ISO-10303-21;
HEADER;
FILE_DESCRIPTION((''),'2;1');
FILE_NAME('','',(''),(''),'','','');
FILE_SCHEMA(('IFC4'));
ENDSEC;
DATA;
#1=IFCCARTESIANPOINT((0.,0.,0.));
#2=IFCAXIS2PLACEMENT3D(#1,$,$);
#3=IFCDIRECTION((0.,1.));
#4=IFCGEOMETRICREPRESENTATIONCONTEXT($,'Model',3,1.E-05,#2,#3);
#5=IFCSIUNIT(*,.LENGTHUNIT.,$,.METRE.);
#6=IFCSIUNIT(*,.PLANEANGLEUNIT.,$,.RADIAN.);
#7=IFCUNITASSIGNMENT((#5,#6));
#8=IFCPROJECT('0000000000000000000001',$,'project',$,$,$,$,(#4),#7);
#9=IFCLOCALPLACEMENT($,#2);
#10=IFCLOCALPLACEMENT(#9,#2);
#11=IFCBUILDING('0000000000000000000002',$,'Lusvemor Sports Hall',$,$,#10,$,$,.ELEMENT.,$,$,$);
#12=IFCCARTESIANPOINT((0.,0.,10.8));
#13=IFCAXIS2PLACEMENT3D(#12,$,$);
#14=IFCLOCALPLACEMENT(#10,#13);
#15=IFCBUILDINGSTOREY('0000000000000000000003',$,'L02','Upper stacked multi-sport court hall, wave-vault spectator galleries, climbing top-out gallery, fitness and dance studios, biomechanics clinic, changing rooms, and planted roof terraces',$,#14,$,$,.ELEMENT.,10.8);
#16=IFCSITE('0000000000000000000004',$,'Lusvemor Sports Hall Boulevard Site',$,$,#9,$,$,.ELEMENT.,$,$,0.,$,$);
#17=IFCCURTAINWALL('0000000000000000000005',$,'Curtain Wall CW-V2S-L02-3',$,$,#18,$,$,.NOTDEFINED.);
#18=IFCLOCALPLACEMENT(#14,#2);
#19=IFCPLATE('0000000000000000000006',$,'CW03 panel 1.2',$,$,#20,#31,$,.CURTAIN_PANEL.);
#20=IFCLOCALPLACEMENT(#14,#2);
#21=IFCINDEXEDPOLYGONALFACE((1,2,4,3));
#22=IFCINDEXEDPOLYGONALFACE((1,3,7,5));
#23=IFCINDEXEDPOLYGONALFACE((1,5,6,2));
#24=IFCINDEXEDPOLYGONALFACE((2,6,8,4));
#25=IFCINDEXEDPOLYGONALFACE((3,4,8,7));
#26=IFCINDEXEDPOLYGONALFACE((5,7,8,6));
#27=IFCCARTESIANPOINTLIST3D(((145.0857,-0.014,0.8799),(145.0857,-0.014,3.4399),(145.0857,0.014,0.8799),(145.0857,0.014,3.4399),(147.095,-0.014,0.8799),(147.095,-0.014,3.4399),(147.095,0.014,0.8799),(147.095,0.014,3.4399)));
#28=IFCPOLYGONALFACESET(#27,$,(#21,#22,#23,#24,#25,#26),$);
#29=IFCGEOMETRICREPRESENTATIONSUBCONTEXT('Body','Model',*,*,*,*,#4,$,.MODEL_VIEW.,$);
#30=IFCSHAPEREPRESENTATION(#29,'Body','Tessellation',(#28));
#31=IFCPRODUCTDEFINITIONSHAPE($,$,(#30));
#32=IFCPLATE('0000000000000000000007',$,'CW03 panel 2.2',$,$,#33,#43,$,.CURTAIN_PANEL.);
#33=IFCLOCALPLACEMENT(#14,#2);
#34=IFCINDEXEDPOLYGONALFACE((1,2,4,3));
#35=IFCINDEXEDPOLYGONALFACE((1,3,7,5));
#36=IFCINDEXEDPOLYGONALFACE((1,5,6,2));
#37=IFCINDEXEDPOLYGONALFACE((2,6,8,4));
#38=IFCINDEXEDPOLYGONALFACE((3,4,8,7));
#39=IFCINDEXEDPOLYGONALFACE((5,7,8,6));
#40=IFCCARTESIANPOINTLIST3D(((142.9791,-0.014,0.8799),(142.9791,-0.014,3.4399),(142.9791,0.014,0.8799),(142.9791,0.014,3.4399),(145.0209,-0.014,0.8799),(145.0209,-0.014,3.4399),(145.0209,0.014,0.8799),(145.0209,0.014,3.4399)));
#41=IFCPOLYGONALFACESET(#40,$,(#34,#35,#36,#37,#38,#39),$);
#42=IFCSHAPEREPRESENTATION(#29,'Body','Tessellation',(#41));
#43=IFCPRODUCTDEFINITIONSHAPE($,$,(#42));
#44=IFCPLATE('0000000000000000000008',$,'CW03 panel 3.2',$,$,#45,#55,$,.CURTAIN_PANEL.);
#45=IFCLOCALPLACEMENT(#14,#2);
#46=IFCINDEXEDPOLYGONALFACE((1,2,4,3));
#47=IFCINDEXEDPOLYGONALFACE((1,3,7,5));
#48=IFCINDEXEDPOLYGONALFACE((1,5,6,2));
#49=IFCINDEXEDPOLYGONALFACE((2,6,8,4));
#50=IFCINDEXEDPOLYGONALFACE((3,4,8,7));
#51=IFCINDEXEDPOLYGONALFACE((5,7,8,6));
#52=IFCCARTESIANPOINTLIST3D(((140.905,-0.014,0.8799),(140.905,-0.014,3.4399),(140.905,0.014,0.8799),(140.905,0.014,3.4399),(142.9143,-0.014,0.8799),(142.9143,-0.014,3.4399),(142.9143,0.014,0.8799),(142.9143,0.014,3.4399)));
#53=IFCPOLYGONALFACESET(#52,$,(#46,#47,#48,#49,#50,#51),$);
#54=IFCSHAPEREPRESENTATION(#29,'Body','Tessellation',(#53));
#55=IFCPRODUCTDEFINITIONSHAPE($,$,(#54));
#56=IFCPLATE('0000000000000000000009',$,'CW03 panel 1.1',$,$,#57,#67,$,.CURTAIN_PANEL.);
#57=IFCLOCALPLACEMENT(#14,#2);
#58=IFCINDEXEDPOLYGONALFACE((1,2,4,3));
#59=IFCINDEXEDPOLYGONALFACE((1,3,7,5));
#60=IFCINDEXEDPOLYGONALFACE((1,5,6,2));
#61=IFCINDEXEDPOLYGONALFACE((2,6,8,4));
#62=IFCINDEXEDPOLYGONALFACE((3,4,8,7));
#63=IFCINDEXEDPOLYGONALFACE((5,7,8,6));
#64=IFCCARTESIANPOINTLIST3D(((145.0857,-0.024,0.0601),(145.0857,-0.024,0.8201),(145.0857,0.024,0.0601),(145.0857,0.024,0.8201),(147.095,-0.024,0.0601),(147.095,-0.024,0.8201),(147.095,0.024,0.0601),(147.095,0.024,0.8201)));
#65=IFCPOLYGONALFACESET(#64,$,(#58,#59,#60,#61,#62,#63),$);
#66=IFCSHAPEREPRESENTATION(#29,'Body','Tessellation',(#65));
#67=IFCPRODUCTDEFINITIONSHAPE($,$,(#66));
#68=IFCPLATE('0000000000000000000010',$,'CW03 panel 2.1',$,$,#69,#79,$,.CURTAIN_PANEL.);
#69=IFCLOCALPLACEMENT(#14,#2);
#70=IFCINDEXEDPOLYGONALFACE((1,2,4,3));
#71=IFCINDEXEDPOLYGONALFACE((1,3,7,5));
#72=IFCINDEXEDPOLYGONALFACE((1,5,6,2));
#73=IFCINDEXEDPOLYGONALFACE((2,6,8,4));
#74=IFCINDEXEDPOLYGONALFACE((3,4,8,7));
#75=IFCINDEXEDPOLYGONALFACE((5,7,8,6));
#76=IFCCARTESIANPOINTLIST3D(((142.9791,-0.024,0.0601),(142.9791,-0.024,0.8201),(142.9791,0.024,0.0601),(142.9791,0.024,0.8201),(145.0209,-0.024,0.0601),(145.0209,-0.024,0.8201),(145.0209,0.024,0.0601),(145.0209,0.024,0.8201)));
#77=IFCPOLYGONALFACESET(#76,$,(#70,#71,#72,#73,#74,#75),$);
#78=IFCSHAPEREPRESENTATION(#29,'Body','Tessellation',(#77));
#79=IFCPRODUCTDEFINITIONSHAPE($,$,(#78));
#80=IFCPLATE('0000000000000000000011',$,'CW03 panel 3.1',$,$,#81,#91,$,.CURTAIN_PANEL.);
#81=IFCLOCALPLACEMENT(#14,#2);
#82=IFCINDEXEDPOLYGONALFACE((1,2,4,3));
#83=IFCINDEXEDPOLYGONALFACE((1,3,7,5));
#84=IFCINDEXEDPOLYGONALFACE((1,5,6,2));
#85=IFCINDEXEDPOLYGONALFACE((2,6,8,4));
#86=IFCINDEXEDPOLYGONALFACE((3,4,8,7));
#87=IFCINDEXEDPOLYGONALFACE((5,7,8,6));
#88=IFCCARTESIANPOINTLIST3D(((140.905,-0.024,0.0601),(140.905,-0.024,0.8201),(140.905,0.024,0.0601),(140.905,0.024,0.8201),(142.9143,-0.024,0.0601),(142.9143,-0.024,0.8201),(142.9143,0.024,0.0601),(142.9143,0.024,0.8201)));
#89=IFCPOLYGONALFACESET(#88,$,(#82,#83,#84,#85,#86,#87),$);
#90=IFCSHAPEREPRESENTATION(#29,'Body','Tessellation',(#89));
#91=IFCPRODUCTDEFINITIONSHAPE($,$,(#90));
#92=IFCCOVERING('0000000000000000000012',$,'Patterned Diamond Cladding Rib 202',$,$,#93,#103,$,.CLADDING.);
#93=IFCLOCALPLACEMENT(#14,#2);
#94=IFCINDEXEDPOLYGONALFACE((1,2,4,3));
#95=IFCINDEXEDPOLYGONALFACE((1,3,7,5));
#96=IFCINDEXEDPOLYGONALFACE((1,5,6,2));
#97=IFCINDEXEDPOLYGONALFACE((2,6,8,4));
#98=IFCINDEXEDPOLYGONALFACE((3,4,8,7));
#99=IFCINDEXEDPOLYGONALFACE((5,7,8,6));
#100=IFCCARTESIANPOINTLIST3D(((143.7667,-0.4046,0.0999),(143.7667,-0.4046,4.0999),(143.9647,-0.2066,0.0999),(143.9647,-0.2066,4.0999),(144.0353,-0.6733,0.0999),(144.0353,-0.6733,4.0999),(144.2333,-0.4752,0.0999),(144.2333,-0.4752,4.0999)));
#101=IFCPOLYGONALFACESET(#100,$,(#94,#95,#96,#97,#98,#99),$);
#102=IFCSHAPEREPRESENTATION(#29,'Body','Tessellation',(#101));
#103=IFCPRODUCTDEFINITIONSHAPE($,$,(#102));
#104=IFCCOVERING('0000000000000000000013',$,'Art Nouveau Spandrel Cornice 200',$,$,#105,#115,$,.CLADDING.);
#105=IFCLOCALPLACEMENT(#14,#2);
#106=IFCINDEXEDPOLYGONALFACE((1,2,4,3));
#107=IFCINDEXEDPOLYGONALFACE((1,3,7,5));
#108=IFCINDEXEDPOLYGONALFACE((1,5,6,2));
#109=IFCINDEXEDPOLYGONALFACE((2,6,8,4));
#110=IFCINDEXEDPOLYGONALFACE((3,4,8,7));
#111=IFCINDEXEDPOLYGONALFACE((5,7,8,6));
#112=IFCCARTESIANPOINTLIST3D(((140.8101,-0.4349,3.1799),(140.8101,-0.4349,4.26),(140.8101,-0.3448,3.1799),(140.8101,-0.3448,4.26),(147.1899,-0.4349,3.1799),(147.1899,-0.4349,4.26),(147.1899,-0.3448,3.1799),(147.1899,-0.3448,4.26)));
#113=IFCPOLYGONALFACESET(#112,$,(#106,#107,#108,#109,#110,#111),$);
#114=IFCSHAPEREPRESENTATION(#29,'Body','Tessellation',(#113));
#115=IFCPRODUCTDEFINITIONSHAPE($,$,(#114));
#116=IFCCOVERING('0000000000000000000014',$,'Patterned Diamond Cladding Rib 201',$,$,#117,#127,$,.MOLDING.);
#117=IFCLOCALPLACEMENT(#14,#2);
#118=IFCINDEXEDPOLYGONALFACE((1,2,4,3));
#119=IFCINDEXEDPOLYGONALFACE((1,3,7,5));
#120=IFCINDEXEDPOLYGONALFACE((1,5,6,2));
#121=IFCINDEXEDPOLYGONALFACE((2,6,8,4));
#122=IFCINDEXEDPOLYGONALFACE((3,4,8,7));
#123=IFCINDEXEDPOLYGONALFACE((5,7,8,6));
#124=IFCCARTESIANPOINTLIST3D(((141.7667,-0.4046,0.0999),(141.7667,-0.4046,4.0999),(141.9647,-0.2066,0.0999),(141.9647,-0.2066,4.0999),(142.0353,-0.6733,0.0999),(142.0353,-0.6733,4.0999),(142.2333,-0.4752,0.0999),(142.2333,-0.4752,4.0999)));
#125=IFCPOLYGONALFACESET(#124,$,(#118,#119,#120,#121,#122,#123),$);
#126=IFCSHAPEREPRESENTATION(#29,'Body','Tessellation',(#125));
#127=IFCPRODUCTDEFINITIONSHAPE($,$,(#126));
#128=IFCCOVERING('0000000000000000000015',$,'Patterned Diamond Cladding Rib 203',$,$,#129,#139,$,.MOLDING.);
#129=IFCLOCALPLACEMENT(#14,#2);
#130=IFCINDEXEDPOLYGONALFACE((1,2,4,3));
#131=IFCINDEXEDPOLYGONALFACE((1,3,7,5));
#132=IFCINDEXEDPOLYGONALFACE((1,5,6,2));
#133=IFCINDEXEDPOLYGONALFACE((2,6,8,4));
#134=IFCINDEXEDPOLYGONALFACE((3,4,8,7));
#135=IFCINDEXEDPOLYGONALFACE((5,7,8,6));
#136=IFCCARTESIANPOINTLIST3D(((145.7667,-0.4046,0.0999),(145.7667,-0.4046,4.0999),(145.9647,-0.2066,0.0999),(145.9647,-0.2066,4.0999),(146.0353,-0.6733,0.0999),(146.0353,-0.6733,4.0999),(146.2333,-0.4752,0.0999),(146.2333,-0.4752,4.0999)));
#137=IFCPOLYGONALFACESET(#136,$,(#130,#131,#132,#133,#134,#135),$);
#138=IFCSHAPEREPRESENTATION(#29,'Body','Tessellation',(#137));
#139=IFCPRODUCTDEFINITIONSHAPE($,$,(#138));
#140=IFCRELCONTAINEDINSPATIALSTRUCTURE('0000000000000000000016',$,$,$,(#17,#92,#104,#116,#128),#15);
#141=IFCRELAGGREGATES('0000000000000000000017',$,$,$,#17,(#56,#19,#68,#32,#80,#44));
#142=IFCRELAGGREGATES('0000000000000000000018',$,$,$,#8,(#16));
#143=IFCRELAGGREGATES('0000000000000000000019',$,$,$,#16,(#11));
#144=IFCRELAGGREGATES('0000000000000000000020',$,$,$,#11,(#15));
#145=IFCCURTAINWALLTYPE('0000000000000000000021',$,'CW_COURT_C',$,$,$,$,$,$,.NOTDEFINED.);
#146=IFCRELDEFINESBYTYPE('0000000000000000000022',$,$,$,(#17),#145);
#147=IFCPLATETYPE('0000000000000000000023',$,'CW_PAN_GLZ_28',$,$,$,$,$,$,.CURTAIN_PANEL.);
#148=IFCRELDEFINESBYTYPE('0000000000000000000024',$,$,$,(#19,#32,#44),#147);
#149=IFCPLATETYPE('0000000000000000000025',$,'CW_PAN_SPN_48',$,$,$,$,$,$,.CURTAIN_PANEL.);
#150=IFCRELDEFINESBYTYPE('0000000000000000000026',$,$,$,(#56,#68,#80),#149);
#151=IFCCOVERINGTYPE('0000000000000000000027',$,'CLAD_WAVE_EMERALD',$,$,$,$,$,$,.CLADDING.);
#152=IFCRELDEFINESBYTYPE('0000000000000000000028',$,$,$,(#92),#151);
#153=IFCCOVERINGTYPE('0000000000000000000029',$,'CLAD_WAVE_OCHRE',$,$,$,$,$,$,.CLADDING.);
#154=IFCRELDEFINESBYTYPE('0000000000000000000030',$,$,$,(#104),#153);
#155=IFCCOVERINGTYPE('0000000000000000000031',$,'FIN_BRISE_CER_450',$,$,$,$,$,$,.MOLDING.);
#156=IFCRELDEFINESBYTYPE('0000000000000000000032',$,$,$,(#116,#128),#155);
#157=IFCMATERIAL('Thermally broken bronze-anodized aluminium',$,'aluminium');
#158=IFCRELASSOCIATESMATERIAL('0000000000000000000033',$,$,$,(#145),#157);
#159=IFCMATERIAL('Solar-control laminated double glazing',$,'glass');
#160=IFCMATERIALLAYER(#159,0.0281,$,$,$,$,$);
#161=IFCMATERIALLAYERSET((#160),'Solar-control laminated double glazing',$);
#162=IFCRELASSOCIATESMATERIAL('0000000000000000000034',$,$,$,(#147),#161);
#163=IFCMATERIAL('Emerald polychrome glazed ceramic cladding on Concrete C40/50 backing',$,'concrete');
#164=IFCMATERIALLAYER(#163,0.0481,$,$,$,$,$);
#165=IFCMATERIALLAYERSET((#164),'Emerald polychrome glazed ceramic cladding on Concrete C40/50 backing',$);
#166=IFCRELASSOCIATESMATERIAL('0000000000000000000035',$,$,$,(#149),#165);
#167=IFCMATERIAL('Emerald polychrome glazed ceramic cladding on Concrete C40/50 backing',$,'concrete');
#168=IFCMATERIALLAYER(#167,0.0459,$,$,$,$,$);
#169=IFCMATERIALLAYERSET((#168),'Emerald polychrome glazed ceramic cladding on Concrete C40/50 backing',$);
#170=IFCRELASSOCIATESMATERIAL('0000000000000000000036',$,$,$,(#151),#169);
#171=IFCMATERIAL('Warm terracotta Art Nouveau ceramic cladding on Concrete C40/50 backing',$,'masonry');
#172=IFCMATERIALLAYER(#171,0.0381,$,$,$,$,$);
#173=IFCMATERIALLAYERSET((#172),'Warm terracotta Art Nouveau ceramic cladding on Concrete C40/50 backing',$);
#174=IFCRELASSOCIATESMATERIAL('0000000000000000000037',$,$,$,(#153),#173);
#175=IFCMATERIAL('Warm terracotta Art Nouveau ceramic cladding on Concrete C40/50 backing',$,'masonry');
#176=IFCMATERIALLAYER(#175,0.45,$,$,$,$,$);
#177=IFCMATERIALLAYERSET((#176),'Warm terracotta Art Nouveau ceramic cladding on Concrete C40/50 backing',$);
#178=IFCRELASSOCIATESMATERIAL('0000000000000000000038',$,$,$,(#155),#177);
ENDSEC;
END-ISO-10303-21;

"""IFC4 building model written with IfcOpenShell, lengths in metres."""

from ifc_helpers import new_model, si_unit, direction, frame, origin, origin_2d, place, context, subcontext, project, spatial, rectangle, extrude, material, layer, layer_set, type_object, element, aggregate, save


model = new_model("IFC4")

# Units and contexts
model_context = context("Model", 3, precision=1e-05, world=origin(), true_north=direction((0.0, 1.0)))
body_context = subcontext(model_context, "Body", "Model", "MODEL_VIEW")
ifc_project = project(units=[si_unit("LENGTHUNIT", "METRE"), si_unit("PLANEANGLEUNIT", "RADIAN")], contexts=[model_context])

# Site, building, storey
site_placement = place(None, origin())
site = spatial("IfcSite", under=ifc_project, at=site_placement, Name="Lusvemor Sports Hall Boulevard Site", CompositionType="ELEMENT", RefElevation=0.0)
building_placement = place(site_placement, origin())
building = spatial("IfcBuilding", under=site, at=building_placement, Name="Lusvemor Sports Hall", CompositionType="ELEMENT")
storey_placement = place(building_placement, frame((0.0, 0.0, 10.8)))
storey = spatial("IfcBuildingStorey", under=building, at=storey_placement, Name="L02", Description="Upper stacked multi-sport court hall, wave-vault spectator galleries, climbing top-out gallery, fitness and dance studios, biomechanics clinic, changing rooms, and planted roof terraces", CompositionType="ELEMENT", Elevation=10.8)

# Curtain wall
ifc_material_1 = material(Name="Thermally broken bronze-anodized aluminium", Category="aluminium")
curtain_wall_type = type_object("IfcCurtainWallType", Name="CW_COURT_C", PredefinedType="NOTDEFINED", material=ifc_material_1)
curtain_wall_placement = place(storey_placement, origin())
curtain_wall = element("IfcCurtainWall", 1, at=curtain_wall_placement, inside=storey, type_object=curtain_wall_type, Name="Curtain Wall CW-V2S-L02-3", PredefinedType="NOTDEFINED")

# Plates
ifc_material_2 = material(Name="Solar-control laminated double glazing", Category="glass")
ifc_layer_1 = layer(ifc_material_2, 0.0281)
ifc_layer_set_1 = layer_set([ifc_layer_1], Name="Solar-control laminated double glazing")
plate_type_1 = type_object("IfcPlateType", Name="CW_PAN_GLZ_28", PredefinedType="CURTAIN_PANEL", material=ifc_layer_set_1)
plate_1_placement = place(storey_placement, frame((146.0903, 0.0, 0.8799), z_axis=(0.0, 0.0, 1.0), x_axis=(-1.0, 0.0, 0.0)))
plate_1 = element("IfcPlate", 2, at=plate_1_placement, type_object=plate_type_1, Name="CW03 panel 1.2", PredefinedType="CURTAIN_PANEL", context=body_context, shape_type="SweptSolid", body=[
    extrude(rectangle(XDim=2.0093, YDim=0.0281, at=origin_2d()), origin(), (0.0, 0.0, 1.0), 2.5601),
])
plate_2_placement = place(storey_placement, frame((144.0, 0.0, 0.8799), z_axis=(0.0, 0.0, 1.0), x_axis=(-1.0, 0.0, 0.0)))
plate_2 = element("IfcPlate", 3, at=plate_2_placement, type_object=plate_type_1, Name="CW03 panel 2.2", PredefinedType="CURTAIN_PANEL", context=body_context, shape_type="SweptSolid", body=[
    extrude(rectangle(XDim=2.0417, YDim=0.0281, at=origin_2d()), origin(), (0.0, 0.0, 1.0), 2.5601),
])
plate_3_placement = place(storey_placement, frame((141.9097, 0.0, 0.8799), z_axis=(0.0, 0.0, 1.0), x_axis=(-1.0, 0.0, 0.0)))
plate_3 = element("IfcPlate", 4, at=plate_3_placement, type_object=plate_type_1, Name="CW03 panel 3.2", PredefinedType="CURTAIN_PANEL", context=body_context, shape_type="SweptSolid", body=[
    extrude(rectangle(XDim=2.0093, YDim=0.0281, at=origin_2d()), origin(), (0.0, 0.0, 1.0), 2.5601),
])
ifc_material_3 = material(Name="Emerald polychrome glazed ceramic cladding on Concrete C40/50 backing", Category="concrete")
ifc_layer_2 = layer(ifc_material_3, 0.0481)
ifc_layer_set_2 = layer_set([ifc_layer_2], Name="Emerald polychrome glazed ceramic cladding on Concrete C40/50 backing")
plate_type_2 = type_object("IfcPlateType", Name="CW_PAN_SPN_48", PredefinedType="CURTAIN_PANEL", material=ifc_layer_set_2)
plate_4_placement = place(storey_placement, frame((146.0903, 0.0, 0.0601), z_axis=(0.0, 0.0, 1.0), x_axis=(-1.0, 0.0, 0.0)))
plate_4 = element("IfcPlate", 5, at=plate_4_placement, type_object=plate_type_2, Name="CW03 panel 1.1", PredefinedType="CURTAIN_PANEL", context=body_context, shape_type="SweptSolid", body=[
    extrude(rectangle(XDim=2.0093, YDim=0.0481, at=origin_2d()), origin(), (0.0, 0.0, 1.0), 0.76),
])
plate_5_placement = place(storey_placement, frame((144.0, 0.0, 0.0601), z_axis=(0.0, 0.0, 1.0), x_axis=(-1.0, 0.0, 0.0)))
plate_5 = element("IfcPlate", 6, at=plate_5_placement, type_object=plate_type_2, Name="CW03 panel 2.1", PredefinedType="CURTAIN_PANEL", context=body_context, shape_type="SweptSolid", body=[
    extrude(rectangle(XDim=2.0417, YDim=0.0481, at=origin_2d()), origin(), (0.0, 0.0, 1.0), 0.76),
])
plate_6_placement = place(storey_placement, frame((141.9097, 0.0, 0.0601), z_axis=(0.0, 0.0, 1.0), x_axis=(-1.0, 0.0, 0.0)))
plate_6 = element("IfcPlate", 7, at=plate_6_placement, type_object=plate_type_2, Name="CW03 panel 3.1", PredefinedType="CURTAIN_PANEL", context=body_context, shape_type="SweptSolid", body=[
    extrude(rectangle(XDim=2.0093, YDim=0.0481, at=origin_2d()), origin(), (0.0, 0.0, 1.0), 0.76),
])
aggregate(curtain_wall, [plate_4, plate_1, plate_5, plate_2, plate_6, plate_3])

# Coverings
ifc_material_4 = material(Name="Emerald polychrome glazed ceramic cladding on Concrete C40/50 backing", Category="concrete")
ifc_layer_3 = layer(ifc_material_4, 0.0459)
ifc_layer_set_3 = layer_set([ifc_layer_3], Name="Emerald polychrome glazed ceramic cladding on Concrete C40/50 backing")
covering_type_1 = type_object("IfcCoveringType", Name="CLAD_WAVE_EMERALD", PredefinedType="CLADDING", material=ifc_layer_set_3)
covering_1_placement = place(storey_placement, frame((144.0, -0.4399, 0.0999), z_axis=(0.0, 0.0, 1.0), x_axis=(0.707107, 0.707107, 0.0)))
element("IfcCovering", 8, at=covering_1_placement, inside=storey, type_object=covering_type_1, Name="Patterned Diamond Cladding Rib 202", PredefinedType="CLADDING", context=body_context, shape_type="SweptSolid", body=[
    extrude(rectangle(XDim=0.28, YDim=0.3799, at=origin_2d()), origin(), (0.0, 0.0, 1.0), 4.0),
])
ifc_material_5 = material(Name="Warm terracotta Art Nouveau ceramic cladding on Concrete C40/50 backing", Category="masonry")
ifc_layer_4 = layer(ifc_material_5, 0.0381)
ifc_layer_set_4 = layer_set([ifc_layer_4], Name="Warm terracotta Art Nouveau ceramic cladding on Concrete C40/50 backing")
covering_type_2 = type_object("IfcCoveringType", Name="CLAD_WAVE_OCHRE", PredefinedType="CLADDING", material=ifc_layer_set_4)
covering_2_placement = place(storey_placement, frame((144.0, -0.3899, 3.1799), z_axis=(0.0, 0.0, 1.0), x_axis=(1.0, 0.0, 0.0)))
element("IfcCovering", 9, at=covering_2_placement, inside=storey, type_object=covering_type_2, Name="Art Nouveau Spandrel Cornice 200", PredefinedType="CLADDING", context=body_context, shape_type="SweptSolid", body=[
    extrude(rectangle(XDim=6.3799, YDim=0.0901, at=origin_2d()), origin(), (0.0, 0.0, 1.0), 1.0801),
])
ifc_material_6 = material(Name="Warm terracotta Art Nouveau ceramic cladding on Concrete C40/50 backing", Category="masonry")
ifc_layer_5 = layer(ifc_material_6, 0.45)
ifc_layer_set_5 = layer_set([ifc_layer_5], Name="Warm terracotta Art Nouveau ceramic cladding on Concrete C40/50 backing")
covering_type_3 = type_object("IfcCoveringType", Name="FIN_BRISE_CER_450", PredefinedType="MOLDING", material=ifc_layer_set_5)
for number, where, z_axis, x_axis, name in (
    (10, (142.0, -0.4399, 0.0999), (0.0, 0.0, 1.0), (0.707107, 0.707107, 0.0), "Patterned Diamond Cladding Rib 201"),
    (11, (146.0, -0.4399, 0.0999), (0.0, 0.0, 1.0), (0.707107, 0.707107, 0.0), "Patterned Diamond Cladding Rib 203"),
):
    element("IfcCovering", number, at=place(storey_placement, frame(where, z_axis=z_axis, x_axis=x_axis)), inside=storey, type_object=covering_type_3, Name=name, PredefinedType="MOLDING", context=body_context, shape_type="SweptSolid", body=[
        extrude(rectangle(XDim=0.28, YDim=0.3799, at=origin_2d()), origin(), (0.0, 0.0, 1.0), 4.0),
    ])

save(model, "model.ifc")
